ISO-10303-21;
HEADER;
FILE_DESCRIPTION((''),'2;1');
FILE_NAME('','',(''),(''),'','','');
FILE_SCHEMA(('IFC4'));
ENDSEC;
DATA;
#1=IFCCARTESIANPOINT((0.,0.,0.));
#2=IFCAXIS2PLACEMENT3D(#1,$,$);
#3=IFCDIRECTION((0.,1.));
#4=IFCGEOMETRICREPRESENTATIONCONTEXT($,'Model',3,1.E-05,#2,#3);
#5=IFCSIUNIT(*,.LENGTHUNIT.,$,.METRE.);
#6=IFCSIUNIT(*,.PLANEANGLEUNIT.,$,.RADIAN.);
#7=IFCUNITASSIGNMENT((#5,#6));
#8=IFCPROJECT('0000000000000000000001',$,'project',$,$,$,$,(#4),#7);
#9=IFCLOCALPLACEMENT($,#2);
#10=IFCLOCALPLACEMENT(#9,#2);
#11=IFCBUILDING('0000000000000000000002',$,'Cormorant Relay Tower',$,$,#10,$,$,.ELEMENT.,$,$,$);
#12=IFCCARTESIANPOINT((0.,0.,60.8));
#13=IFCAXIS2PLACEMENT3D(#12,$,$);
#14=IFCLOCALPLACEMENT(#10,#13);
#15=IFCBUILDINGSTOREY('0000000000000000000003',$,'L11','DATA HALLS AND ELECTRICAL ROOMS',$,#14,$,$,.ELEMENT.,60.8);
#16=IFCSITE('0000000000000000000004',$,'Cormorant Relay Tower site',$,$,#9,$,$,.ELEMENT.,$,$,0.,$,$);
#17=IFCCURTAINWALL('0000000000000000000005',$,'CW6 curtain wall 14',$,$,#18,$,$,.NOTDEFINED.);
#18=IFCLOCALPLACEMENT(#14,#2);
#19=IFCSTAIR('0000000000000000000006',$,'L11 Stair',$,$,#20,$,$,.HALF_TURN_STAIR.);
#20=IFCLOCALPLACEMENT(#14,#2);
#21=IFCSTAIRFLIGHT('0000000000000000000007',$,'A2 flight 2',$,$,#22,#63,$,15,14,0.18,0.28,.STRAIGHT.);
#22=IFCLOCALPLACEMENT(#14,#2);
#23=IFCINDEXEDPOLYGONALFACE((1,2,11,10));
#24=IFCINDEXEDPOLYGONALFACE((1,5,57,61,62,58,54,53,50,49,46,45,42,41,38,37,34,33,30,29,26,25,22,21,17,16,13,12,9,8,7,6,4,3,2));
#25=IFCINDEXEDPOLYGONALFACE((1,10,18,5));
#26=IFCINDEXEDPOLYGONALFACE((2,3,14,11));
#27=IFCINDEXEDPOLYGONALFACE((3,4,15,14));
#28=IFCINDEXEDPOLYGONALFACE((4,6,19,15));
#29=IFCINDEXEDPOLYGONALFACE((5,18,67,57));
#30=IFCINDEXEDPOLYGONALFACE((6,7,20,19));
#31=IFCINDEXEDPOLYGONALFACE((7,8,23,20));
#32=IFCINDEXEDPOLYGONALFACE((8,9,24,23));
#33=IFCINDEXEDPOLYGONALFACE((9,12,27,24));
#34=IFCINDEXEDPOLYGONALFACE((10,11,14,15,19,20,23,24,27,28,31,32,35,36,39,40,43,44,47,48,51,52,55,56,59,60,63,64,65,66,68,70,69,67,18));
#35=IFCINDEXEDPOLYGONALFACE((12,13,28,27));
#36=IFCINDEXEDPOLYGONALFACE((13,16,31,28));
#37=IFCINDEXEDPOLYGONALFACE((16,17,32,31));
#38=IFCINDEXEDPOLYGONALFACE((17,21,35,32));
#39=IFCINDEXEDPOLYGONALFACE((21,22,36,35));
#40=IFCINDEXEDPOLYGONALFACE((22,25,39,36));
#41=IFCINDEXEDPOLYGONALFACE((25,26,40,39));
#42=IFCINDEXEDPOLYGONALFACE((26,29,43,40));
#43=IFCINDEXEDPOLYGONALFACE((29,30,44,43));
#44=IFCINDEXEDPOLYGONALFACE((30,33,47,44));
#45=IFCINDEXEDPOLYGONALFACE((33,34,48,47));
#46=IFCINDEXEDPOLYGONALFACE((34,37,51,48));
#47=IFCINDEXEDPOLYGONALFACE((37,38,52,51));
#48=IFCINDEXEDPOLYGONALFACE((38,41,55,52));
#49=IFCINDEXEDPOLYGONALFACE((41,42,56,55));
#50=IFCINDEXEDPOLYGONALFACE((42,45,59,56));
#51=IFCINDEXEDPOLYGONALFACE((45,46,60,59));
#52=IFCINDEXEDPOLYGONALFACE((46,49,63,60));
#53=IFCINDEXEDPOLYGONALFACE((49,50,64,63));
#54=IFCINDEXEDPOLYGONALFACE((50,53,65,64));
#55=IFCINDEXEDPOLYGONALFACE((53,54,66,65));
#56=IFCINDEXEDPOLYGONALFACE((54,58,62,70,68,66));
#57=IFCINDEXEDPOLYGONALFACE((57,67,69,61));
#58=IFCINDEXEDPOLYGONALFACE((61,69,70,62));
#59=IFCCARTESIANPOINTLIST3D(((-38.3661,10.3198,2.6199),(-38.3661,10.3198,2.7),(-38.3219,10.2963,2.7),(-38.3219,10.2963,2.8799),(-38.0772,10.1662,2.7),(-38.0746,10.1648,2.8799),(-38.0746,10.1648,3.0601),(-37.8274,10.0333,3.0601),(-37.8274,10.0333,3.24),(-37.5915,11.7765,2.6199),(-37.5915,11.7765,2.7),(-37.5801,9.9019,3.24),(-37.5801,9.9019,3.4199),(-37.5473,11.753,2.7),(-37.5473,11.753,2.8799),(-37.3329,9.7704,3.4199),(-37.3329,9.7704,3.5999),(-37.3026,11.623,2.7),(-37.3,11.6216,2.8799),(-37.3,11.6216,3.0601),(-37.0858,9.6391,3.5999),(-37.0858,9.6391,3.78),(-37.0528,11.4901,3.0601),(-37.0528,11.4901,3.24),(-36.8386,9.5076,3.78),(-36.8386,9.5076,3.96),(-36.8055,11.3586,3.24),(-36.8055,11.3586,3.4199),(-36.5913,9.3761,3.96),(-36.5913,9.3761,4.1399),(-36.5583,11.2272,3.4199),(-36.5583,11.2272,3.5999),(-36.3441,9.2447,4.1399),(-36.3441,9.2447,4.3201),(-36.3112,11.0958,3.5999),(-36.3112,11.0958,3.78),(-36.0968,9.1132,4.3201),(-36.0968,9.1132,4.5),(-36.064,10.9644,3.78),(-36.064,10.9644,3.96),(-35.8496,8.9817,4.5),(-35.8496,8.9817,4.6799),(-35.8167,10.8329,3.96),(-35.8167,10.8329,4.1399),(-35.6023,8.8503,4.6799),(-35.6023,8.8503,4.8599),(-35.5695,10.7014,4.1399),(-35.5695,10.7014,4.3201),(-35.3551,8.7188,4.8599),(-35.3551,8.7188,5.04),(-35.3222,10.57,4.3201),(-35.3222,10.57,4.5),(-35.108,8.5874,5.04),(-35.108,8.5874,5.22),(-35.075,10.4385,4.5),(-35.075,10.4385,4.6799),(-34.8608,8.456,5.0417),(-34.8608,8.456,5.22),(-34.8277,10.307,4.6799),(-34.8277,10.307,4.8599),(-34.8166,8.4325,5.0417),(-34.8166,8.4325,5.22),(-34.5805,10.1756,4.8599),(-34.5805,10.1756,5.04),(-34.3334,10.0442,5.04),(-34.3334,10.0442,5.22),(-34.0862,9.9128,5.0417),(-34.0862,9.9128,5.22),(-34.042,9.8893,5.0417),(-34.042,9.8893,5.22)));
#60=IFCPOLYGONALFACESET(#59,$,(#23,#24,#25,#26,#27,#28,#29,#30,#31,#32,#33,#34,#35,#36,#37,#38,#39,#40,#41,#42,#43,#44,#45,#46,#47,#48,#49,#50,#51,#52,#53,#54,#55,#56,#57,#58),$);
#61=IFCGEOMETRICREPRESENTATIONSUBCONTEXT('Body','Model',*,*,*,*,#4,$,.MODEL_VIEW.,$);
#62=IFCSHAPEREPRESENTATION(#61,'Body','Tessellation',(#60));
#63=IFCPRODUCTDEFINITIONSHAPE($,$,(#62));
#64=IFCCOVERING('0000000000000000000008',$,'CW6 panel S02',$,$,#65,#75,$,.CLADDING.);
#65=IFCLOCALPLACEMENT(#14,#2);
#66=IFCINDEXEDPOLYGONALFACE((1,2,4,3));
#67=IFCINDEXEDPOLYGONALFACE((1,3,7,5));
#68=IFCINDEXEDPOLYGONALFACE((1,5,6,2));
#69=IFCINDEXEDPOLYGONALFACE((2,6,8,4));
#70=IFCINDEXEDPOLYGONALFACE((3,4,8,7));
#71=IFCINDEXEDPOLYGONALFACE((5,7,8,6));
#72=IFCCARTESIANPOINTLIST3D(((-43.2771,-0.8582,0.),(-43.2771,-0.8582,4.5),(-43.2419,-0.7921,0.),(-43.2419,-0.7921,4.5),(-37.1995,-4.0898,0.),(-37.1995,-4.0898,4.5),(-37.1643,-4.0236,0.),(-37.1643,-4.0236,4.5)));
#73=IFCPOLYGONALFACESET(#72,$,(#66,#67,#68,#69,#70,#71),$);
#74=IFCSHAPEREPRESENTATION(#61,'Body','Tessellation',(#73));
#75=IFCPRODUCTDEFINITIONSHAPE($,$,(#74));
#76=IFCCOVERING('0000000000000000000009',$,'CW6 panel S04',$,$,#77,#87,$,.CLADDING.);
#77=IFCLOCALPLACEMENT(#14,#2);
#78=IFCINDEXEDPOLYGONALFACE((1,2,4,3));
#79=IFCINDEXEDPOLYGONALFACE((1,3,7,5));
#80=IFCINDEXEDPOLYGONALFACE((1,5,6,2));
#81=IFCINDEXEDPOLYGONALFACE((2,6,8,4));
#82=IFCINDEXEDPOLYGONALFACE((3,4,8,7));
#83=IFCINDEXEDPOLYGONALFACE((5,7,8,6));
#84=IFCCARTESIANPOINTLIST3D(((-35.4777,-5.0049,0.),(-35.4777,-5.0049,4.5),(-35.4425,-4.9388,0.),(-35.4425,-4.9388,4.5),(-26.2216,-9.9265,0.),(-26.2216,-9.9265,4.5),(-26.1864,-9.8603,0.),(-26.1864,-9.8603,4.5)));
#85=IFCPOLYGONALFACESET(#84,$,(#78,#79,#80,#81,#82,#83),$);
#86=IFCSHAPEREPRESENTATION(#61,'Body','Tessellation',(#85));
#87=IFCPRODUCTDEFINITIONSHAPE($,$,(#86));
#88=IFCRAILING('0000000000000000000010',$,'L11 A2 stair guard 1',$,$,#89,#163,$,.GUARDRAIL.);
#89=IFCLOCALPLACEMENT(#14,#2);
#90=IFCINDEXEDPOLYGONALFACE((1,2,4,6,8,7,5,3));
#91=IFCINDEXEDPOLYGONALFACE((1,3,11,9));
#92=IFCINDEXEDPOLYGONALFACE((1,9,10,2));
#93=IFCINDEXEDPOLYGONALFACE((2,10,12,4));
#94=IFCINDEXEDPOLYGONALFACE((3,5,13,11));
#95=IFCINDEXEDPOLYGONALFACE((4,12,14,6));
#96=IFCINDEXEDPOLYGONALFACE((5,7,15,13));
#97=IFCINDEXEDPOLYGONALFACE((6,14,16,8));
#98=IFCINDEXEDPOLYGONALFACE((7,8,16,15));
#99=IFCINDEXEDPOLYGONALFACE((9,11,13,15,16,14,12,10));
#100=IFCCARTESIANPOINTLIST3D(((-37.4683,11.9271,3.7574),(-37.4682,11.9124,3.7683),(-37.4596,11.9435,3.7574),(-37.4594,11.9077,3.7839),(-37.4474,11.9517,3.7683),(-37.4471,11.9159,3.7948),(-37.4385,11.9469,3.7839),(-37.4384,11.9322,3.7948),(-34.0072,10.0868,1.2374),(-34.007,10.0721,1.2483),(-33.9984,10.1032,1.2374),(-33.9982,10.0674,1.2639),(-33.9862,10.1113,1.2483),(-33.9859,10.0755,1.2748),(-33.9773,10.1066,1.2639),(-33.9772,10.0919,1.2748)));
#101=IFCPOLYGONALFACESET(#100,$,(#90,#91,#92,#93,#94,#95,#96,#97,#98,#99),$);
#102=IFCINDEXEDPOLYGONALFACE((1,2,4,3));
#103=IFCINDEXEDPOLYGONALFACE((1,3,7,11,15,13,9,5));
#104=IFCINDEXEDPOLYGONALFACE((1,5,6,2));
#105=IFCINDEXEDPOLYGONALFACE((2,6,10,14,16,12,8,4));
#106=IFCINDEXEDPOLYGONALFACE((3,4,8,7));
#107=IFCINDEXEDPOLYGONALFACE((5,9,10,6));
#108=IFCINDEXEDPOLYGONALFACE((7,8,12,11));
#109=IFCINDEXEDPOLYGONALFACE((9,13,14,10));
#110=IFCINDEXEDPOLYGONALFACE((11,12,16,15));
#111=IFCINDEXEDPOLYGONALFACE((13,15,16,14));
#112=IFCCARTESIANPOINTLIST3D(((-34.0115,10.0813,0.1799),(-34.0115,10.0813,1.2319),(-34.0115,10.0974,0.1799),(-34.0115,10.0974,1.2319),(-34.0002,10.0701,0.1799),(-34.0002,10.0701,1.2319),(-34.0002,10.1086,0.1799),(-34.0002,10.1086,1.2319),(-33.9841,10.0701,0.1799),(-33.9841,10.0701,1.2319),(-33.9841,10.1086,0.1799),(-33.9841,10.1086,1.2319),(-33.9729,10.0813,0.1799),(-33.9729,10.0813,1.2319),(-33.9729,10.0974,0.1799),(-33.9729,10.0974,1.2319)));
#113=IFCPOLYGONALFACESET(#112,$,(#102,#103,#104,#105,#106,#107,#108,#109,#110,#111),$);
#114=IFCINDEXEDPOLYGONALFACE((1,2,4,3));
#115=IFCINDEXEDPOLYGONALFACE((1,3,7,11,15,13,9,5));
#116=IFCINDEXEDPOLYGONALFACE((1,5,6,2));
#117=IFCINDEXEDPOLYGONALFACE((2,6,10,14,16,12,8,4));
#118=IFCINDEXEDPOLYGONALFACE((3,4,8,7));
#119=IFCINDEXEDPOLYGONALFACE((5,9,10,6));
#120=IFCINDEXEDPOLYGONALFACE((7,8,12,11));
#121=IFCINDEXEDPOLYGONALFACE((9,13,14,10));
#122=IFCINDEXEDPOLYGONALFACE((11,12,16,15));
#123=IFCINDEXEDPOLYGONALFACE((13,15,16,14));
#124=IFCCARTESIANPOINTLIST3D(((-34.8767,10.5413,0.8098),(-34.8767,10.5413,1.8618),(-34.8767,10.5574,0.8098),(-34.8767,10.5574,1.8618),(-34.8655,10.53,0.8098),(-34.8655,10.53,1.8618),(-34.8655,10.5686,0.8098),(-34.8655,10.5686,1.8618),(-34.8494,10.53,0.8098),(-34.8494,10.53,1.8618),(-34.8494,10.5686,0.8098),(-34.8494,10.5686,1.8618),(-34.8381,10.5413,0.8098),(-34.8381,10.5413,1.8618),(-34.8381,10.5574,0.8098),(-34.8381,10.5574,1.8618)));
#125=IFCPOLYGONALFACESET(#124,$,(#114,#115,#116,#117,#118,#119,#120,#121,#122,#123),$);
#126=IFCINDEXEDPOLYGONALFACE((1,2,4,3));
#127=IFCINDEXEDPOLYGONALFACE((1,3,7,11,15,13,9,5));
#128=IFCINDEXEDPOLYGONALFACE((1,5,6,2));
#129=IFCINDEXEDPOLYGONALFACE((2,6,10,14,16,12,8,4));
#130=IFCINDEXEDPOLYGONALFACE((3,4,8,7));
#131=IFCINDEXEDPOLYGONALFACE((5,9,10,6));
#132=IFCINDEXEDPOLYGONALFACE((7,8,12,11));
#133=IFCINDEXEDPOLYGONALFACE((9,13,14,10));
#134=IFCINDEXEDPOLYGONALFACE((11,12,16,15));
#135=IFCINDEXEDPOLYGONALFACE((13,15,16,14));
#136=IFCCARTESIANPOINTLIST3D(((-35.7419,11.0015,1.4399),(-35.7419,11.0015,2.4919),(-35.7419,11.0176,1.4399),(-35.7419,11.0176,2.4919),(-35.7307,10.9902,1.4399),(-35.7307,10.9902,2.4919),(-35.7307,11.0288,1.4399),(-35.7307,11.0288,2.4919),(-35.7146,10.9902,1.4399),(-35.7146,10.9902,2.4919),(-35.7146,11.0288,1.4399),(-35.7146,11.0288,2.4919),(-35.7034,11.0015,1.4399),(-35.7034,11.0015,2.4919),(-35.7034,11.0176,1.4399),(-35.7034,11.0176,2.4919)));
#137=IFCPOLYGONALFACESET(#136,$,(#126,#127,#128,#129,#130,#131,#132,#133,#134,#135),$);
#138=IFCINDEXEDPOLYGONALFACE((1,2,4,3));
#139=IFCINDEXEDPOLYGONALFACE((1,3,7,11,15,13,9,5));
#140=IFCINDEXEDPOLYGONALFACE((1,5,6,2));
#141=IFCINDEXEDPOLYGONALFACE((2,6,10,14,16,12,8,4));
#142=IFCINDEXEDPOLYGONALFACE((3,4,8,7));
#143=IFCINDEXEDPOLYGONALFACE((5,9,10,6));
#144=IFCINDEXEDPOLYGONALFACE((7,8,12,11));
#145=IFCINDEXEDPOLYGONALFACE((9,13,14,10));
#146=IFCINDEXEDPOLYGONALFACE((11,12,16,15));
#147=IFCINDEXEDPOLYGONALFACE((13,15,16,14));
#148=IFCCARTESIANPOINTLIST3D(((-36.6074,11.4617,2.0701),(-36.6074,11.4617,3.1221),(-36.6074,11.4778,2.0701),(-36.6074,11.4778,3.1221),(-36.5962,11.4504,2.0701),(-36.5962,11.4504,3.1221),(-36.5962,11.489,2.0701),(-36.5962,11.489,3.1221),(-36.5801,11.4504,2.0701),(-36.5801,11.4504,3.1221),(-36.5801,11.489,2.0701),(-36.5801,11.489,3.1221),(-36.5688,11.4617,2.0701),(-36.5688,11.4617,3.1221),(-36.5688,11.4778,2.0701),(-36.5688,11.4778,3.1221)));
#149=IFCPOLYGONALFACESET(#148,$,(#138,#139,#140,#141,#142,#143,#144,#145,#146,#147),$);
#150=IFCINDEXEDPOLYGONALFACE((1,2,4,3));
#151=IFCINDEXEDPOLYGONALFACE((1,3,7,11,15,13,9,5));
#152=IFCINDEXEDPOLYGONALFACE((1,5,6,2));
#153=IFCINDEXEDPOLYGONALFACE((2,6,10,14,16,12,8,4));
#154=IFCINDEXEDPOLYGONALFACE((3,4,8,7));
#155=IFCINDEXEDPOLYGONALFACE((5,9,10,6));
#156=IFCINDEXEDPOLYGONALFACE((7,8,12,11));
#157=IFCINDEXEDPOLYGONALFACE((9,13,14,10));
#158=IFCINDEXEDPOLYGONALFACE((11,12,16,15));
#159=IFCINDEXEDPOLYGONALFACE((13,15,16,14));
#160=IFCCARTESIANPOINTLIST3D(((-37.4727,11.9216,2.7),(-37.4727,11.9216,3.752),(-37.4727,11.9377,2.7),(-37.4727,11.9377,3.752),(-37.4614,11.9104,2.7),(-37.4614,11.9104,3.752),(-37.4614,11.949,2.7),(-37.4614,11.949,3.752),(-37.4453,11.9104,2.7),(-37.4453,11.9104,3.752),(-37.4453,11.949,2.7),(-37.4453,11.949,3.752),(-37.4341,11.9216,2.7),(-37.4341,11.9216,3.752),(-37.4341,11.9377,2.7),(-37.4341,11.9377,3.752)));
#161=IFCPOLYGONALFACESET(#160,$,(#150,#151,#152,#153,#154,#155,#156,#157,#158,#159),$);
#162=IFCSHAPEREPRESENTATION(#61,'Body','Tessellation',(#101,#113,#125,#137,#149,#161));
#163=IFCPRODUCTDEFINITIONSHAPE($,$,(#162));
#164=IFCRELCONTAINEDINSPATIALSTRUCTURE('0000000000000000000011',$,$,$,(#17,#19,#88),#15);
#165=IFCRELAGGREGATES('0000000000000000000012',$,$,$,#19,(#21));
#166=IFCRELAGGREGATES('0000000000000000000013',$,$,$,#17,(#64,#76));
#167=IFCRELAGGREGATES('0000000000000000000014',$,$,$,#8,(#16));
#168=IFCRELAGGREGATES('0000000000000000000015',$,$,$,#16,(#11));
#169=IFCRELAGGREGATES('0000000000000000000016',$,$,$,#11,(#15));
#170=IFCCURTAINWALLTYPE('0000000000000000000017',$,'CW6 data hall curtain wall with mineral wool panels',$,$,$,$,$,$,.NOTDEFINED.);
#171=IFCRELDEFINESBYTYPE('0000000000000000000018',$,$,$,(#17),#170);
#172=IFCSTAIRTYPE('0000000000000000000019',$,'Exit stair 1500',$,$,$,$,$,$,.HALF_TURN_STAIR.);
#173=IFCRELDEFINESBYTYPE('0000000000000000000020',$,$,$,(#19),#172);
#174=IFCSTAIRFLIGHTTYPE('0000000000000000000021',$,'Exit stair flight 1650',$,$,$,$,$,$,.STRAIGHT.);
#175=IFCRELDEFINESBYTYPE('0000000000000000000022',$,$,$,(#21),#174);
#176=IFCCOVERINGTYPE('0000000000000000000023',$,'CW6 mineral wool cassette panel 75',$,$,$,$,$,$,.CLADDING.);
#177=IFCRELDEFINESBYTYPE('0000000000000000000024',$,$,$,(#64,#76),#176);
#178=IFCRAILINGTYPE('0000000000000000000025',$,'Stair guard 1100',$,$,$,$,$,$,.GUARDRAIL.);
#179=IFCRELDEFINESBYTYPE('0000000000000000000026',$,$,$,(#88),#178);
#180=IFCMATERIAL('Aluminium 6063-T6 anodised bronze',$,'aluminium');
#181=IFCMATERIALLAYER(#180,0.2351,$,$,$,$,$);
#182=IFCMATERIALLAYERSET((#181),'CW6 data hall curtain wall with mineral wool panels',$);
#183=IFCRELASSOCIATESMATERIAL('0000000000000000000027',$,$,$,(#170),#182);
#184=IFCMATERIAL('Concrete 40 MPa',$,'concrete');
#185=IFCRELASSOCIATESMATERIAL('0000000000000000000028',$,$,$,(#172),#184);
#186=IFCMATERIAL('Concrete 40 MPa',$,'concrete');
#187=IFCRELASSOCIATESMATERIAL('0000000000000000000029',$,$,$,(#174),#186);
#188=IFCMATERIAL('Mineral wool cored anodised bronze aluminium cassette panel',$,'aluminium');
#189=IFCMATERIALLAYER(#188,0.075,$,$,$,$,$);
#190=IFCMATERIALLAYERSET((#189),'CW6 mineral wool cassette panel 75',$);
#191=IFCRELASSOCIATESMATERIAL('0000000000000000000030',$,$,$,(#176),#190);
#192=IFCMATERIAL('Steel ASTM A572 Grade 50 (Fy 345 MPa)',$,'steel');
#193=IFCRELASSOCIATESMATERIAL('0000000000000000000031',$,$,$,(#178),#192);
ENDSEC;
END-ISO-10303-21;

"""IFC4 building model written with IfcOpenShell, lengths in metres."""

from ifc_helpers import new_model, si_unit, direction, frame, origin, origin_2d, place, context, subcontext, project, spatial, polyline, rectangle, outline, extrude, material, layer, layer_set, type_object, element, aggregate, save


model = new_model("IFC4")

# Units and contexts
model_context = context("Model", 3, precision=1e-05, world=origin(), true_north=direction((0.0, 1.0)))
body_context = subcontext(model_context, "Body", "Model", "MODEL_VIEW")
ifc_project = project(units=[si_unit("LENGTHUNIT", "METRE"), si_unit("PLANEANGLEUNIT", "RADIAN")], contexts=[model_context])

# Site, building, storey
site_placement = place(None, origin())
site = spatial("IfcSite", under=ifc_project, at=site_placement, Name="Cormorant Relay Tower site", CompositionType="ELEMENT", RefElevation=0.0)
building_placement = place(site_placement, origin())
building = spatial("IfcBuilding", under=site, at=building_placement, Name="Cormorant Relay Tower", CompositionType="ELEMENT")
storey_placement = place(building_placement, frame((0.0, 0.0, 60.8)))
storey = spatial("IfcBuildingStorey", under=building, at=storey_placement, Name="L11", Description="DATA HALLS AND ELECTRICAL ROOMS", CompositionType="ELEMENT", Elevation=60.8)

# Curtain wall
ifc_material_1 = material(Name="Aluminium 6063-T6 anodised bronze", Category="aluminium")
ifc_layer_1 = layer(ifc_material_1, 0.2351)
ifc_layer_set_1 = layer_set([ifc_layer_1], Name="CW6 data hall curtain wall with mineral wool panels")
curtain_wall_type = type_object("IfcCurtainWallType", Name="CW6 data hall curtain wall with mineral wool panels", PredefinedType="NOTDEFINED", material=ifc_layer_set_1)
curtain_wall_placement = place(storey_placement, origin())
curtain_wall = element("IfcCurtainWall", 1, at=curtain_wall_placement, inside=storey, type_object=curtain_wall_type, Name="CW6 curtain wall 14", PredefinedType="NOTDEFINED")

# Stair, stair flight
ifc_material_2 = material(Name="Concrete 40 MPa", Category="concrete")
stair_type = type_object("IfcStairType", Name="Exit stair 1500", PredefinedType="HALF_TURN_STAIR", material=ifc_material_2)
stair_placement = place(storey_placement, origin())
stair = element("IfcStair", 2, at=stair_placement, inside=storey, type_object=stair_type, Name="L11 Stair", PredefinedType="HALF_TURN_STAIR")
ifc_material_3 = material(Name="Concrete 40 MPa", Category="concrete")
stair_flight_type = type_object("IfcStairFlightType", Name="Exit stair flight 1650", PredefinedType="STRAIGHT", material=ifc_material_3)
stair_flight_1_placement = place(storey_placement, frame((-37.9346, 11.0247, 2.7), z_axis=(0.0, 0.0, 1.0), x_axis=(0.882948, -0.469472, 0.0)))
stair_flight_1 = element("IfcStairFlight", 3, at=stair_flight_1_placement, type_object=stair_flight_type, Name="A2 flight 2", NumberOfRisers=15, NumberOfTreads=14, PredefinedType="STRAIGHT", RiserHeight=0.18, TreadLength=0.28, context=body_context, shape_type="SweptSolid", body=[
    extrude(outline(polyline([(-0.05, -0.0801), (-0.05, 0.0), (0.0, 0.0), (0.0, 0.1799), (0.28, 0.1799), (0.28, 0.3601), (0.5601, 0.3601), (0.5601, 0.54), (0.8401, 0.54), (0.8401, 0.72), (1.1201, 0.72), (1.1201, 0.8999), (1.3999, 0.8999), (1.3999, 1.0801), (1.6799, 1.0801), (1.6799, 1.26), (1.96, 1.26), (1.96, 1.4399), (2.24, 1.4399), (2.24, 1.6201), (2.52, 1.6201), (2.52, 1.8), (2.8, 1.8), (2.8, 1.98), (3.0801, 1.98), (3.0801, 2.1599), (3.3601, 2.1599), (3.3601, 2.3401), (3.6399, 2.3401), (3.6399, 2.52), (3.9199, 2.52), (3.97, 2.52), (3.97, 2.3418), (3.9199, 2.3418), (0.2771, 0.0), (-0.05, -0.0801)])), frame((0.0, 0.825, 0.0), z_axis=(0.0, -1.0, 0.0), x_axis=(1.0, 0.0, 0.0)), (0.0, 0.0, 1.0), 1.6499),
])
aggregate(stair, [stair_flight_1])

# Coverings
ifc_material_4 = material(Name="Mineral wool cored anodised bronze aluminium cassette panel", Category="aluminium")
ifc_layer_2 = layer(ifc_material_4, 0.075)
ifc_layer_set_2 = layer_set([ifc_layer_2], Name="CW6 mineral wool cassette panel 75")
covering_type = type_object("IfcCoveringType", Name="CW6 mineral wool cassette panel 75", PredefinedType="CLADDING", material=ifc_layer_set_2)
covering_1_placement = place(storey_placement, frame((-40.2207, -2.4409, 0.0), z_axis=(0.0, 0.0, 1.0), x_axis=(0.882948, -0.469472, 0.0)))
covering_1 = element("IfcCovering", 4, at=covering_1_placement, type_object=covering_type, Name="CW6 panel S02", PredefinedType="CLADDING", context=body_context, shape_type="SweptSolid", body=[
    extrude(rectangle(XDim=6.8833, YDim=0.075, at=origin_2d()), origin(), (0.0, 0.0, 1.0), 4.5),
])
covering_2_placement = place(storey_placement, frame((-30.832, -7.4326, 0.0), z_axis=(0.0, 0.0, 1.0), x_axis=(0.882948, -0.469472, 0.0)))
covering_2 = element("IfcCovering", 5, at=covering_2_placement, type_object=covering_type, Name="CW6 panel S04", PredefinedType="CLADDING", context=body_context, shape_type="SweptSolid", body=[
    extrude(rectangle(XDim=10.4832, YDim=0.075, at=origin_2d()), origin(), (0.0, 0.0, 1.0), 4.5),
])
aggregate(curtain_wall, [covering_1, covering_2])

# Railing
ifc_material_5 = material(Name="Steel ASTM A572 Grade 50 (Fy 345 MPa)", Category="steel")
railing_type_1 = type_object("IfcRailingType", Name="Stair guard 1100", PredefinedType="GUARDRAIL", material=ifc_material_5)
railing_1_placement = place(storey_placement, frame((-33.9922, 10.0894, 0.1799)))
element("IfcRailing", 6, at=railing_1_placement, inside=storey, type_object=railing_type_1, Name="L11 A2 stair guard 1", PredefinedType="GUARDRAIL", context=body_context, shape_type="SweptSolid", body=[
    extrude(outline(polyline([(0.0222, 0.0093), (0.0093, 0.0222), (-0.0093, 0.0222), (-0.0222, 0.0093), (-0.0222, -0.0093), (-0.0093, -0.0222), (0.0093, -0.0222), (0.0222, -0.0093), (0.0222, 0.0093)])), frame((0.0, 0.0, 1.0762), z_axis=(-0.742717, 0.394907, 0.540758), x_axis=(-0.469469, -0.882949, 0.0)), (0.0, 0.0, 1.0), 4.6602),
    extrude(outline(polyline([(0.0193, 0.0081), (0.0081, 0.0193), (-0.0081, 0.0193), (-0.0193, 0.0081), (-0.0193, -0.0081), (-0.0081, -0.0193), (0.0081, -0.0193), (0.0193, -0.0081), (0.0193, 0.0081)])), origin(), (0.0, 0.0, 1.0), 1.052),
    extrude(outline(polyline([(0.0193, 0.0081), (0.0081, 0.0193), (-0.0081, 0.0193), (-0.0193, 0.0081), (-0.0193, -0.0081), (-0.0081, -0.0193), (0.0081, -0.0193), (0.0193, -0.0081), (0.0193, 0.0081)])), frame((-0.8652, 0.46, 0.6299)), (0.0, 0.0, 1.0), 1.052),
    extrude(outline(polyline([(0.0193, 0.0081), (0.0081, 0.0193), (-0.0081, 0.0193), (-0.0193, 0.0081), (-0.0193, -0.0081), (-0.0081, -0.0193), (0.0081, -0.0193), (0.0193, -0.0081), (0.0193, 0.0081)])), frame((-1.7305, 0.9202, 1.26)), (0.0, 0.0, 1.0), 1.052),
    extrude(outline(polyline([(0.0193, 0.0081), (0.0081, 0.0193), (-0.0081, 0.0193), (-0.0193, 0.0081), (-0.0193, -0.0081), (-0.0081, -0.0193), (0.0081, -0.0193), (0.0193, -0.0081), (0.0193, 0.0081)])), frame((-2.5959, 1.3804, 1.8901)), (0.0, 0.0, 1.0), 1.052),
    extrude(outline(polyline([(0.0193, 0.0081), (0.0081, 0.0193), (-0.0081, 0.0193), (-0.0193, 0.0081), (-0.0193, -0.0081), (-0.0081, -0.0193), (0.0081, -0.0193), (0.0193, -0.0081), (0.0193, 0.0081)])), frame((-3.4612, 1.8403, 2.52)), (0.0, 0.0, 1.0), 1.052),
])

save(model, "model.ifc")
